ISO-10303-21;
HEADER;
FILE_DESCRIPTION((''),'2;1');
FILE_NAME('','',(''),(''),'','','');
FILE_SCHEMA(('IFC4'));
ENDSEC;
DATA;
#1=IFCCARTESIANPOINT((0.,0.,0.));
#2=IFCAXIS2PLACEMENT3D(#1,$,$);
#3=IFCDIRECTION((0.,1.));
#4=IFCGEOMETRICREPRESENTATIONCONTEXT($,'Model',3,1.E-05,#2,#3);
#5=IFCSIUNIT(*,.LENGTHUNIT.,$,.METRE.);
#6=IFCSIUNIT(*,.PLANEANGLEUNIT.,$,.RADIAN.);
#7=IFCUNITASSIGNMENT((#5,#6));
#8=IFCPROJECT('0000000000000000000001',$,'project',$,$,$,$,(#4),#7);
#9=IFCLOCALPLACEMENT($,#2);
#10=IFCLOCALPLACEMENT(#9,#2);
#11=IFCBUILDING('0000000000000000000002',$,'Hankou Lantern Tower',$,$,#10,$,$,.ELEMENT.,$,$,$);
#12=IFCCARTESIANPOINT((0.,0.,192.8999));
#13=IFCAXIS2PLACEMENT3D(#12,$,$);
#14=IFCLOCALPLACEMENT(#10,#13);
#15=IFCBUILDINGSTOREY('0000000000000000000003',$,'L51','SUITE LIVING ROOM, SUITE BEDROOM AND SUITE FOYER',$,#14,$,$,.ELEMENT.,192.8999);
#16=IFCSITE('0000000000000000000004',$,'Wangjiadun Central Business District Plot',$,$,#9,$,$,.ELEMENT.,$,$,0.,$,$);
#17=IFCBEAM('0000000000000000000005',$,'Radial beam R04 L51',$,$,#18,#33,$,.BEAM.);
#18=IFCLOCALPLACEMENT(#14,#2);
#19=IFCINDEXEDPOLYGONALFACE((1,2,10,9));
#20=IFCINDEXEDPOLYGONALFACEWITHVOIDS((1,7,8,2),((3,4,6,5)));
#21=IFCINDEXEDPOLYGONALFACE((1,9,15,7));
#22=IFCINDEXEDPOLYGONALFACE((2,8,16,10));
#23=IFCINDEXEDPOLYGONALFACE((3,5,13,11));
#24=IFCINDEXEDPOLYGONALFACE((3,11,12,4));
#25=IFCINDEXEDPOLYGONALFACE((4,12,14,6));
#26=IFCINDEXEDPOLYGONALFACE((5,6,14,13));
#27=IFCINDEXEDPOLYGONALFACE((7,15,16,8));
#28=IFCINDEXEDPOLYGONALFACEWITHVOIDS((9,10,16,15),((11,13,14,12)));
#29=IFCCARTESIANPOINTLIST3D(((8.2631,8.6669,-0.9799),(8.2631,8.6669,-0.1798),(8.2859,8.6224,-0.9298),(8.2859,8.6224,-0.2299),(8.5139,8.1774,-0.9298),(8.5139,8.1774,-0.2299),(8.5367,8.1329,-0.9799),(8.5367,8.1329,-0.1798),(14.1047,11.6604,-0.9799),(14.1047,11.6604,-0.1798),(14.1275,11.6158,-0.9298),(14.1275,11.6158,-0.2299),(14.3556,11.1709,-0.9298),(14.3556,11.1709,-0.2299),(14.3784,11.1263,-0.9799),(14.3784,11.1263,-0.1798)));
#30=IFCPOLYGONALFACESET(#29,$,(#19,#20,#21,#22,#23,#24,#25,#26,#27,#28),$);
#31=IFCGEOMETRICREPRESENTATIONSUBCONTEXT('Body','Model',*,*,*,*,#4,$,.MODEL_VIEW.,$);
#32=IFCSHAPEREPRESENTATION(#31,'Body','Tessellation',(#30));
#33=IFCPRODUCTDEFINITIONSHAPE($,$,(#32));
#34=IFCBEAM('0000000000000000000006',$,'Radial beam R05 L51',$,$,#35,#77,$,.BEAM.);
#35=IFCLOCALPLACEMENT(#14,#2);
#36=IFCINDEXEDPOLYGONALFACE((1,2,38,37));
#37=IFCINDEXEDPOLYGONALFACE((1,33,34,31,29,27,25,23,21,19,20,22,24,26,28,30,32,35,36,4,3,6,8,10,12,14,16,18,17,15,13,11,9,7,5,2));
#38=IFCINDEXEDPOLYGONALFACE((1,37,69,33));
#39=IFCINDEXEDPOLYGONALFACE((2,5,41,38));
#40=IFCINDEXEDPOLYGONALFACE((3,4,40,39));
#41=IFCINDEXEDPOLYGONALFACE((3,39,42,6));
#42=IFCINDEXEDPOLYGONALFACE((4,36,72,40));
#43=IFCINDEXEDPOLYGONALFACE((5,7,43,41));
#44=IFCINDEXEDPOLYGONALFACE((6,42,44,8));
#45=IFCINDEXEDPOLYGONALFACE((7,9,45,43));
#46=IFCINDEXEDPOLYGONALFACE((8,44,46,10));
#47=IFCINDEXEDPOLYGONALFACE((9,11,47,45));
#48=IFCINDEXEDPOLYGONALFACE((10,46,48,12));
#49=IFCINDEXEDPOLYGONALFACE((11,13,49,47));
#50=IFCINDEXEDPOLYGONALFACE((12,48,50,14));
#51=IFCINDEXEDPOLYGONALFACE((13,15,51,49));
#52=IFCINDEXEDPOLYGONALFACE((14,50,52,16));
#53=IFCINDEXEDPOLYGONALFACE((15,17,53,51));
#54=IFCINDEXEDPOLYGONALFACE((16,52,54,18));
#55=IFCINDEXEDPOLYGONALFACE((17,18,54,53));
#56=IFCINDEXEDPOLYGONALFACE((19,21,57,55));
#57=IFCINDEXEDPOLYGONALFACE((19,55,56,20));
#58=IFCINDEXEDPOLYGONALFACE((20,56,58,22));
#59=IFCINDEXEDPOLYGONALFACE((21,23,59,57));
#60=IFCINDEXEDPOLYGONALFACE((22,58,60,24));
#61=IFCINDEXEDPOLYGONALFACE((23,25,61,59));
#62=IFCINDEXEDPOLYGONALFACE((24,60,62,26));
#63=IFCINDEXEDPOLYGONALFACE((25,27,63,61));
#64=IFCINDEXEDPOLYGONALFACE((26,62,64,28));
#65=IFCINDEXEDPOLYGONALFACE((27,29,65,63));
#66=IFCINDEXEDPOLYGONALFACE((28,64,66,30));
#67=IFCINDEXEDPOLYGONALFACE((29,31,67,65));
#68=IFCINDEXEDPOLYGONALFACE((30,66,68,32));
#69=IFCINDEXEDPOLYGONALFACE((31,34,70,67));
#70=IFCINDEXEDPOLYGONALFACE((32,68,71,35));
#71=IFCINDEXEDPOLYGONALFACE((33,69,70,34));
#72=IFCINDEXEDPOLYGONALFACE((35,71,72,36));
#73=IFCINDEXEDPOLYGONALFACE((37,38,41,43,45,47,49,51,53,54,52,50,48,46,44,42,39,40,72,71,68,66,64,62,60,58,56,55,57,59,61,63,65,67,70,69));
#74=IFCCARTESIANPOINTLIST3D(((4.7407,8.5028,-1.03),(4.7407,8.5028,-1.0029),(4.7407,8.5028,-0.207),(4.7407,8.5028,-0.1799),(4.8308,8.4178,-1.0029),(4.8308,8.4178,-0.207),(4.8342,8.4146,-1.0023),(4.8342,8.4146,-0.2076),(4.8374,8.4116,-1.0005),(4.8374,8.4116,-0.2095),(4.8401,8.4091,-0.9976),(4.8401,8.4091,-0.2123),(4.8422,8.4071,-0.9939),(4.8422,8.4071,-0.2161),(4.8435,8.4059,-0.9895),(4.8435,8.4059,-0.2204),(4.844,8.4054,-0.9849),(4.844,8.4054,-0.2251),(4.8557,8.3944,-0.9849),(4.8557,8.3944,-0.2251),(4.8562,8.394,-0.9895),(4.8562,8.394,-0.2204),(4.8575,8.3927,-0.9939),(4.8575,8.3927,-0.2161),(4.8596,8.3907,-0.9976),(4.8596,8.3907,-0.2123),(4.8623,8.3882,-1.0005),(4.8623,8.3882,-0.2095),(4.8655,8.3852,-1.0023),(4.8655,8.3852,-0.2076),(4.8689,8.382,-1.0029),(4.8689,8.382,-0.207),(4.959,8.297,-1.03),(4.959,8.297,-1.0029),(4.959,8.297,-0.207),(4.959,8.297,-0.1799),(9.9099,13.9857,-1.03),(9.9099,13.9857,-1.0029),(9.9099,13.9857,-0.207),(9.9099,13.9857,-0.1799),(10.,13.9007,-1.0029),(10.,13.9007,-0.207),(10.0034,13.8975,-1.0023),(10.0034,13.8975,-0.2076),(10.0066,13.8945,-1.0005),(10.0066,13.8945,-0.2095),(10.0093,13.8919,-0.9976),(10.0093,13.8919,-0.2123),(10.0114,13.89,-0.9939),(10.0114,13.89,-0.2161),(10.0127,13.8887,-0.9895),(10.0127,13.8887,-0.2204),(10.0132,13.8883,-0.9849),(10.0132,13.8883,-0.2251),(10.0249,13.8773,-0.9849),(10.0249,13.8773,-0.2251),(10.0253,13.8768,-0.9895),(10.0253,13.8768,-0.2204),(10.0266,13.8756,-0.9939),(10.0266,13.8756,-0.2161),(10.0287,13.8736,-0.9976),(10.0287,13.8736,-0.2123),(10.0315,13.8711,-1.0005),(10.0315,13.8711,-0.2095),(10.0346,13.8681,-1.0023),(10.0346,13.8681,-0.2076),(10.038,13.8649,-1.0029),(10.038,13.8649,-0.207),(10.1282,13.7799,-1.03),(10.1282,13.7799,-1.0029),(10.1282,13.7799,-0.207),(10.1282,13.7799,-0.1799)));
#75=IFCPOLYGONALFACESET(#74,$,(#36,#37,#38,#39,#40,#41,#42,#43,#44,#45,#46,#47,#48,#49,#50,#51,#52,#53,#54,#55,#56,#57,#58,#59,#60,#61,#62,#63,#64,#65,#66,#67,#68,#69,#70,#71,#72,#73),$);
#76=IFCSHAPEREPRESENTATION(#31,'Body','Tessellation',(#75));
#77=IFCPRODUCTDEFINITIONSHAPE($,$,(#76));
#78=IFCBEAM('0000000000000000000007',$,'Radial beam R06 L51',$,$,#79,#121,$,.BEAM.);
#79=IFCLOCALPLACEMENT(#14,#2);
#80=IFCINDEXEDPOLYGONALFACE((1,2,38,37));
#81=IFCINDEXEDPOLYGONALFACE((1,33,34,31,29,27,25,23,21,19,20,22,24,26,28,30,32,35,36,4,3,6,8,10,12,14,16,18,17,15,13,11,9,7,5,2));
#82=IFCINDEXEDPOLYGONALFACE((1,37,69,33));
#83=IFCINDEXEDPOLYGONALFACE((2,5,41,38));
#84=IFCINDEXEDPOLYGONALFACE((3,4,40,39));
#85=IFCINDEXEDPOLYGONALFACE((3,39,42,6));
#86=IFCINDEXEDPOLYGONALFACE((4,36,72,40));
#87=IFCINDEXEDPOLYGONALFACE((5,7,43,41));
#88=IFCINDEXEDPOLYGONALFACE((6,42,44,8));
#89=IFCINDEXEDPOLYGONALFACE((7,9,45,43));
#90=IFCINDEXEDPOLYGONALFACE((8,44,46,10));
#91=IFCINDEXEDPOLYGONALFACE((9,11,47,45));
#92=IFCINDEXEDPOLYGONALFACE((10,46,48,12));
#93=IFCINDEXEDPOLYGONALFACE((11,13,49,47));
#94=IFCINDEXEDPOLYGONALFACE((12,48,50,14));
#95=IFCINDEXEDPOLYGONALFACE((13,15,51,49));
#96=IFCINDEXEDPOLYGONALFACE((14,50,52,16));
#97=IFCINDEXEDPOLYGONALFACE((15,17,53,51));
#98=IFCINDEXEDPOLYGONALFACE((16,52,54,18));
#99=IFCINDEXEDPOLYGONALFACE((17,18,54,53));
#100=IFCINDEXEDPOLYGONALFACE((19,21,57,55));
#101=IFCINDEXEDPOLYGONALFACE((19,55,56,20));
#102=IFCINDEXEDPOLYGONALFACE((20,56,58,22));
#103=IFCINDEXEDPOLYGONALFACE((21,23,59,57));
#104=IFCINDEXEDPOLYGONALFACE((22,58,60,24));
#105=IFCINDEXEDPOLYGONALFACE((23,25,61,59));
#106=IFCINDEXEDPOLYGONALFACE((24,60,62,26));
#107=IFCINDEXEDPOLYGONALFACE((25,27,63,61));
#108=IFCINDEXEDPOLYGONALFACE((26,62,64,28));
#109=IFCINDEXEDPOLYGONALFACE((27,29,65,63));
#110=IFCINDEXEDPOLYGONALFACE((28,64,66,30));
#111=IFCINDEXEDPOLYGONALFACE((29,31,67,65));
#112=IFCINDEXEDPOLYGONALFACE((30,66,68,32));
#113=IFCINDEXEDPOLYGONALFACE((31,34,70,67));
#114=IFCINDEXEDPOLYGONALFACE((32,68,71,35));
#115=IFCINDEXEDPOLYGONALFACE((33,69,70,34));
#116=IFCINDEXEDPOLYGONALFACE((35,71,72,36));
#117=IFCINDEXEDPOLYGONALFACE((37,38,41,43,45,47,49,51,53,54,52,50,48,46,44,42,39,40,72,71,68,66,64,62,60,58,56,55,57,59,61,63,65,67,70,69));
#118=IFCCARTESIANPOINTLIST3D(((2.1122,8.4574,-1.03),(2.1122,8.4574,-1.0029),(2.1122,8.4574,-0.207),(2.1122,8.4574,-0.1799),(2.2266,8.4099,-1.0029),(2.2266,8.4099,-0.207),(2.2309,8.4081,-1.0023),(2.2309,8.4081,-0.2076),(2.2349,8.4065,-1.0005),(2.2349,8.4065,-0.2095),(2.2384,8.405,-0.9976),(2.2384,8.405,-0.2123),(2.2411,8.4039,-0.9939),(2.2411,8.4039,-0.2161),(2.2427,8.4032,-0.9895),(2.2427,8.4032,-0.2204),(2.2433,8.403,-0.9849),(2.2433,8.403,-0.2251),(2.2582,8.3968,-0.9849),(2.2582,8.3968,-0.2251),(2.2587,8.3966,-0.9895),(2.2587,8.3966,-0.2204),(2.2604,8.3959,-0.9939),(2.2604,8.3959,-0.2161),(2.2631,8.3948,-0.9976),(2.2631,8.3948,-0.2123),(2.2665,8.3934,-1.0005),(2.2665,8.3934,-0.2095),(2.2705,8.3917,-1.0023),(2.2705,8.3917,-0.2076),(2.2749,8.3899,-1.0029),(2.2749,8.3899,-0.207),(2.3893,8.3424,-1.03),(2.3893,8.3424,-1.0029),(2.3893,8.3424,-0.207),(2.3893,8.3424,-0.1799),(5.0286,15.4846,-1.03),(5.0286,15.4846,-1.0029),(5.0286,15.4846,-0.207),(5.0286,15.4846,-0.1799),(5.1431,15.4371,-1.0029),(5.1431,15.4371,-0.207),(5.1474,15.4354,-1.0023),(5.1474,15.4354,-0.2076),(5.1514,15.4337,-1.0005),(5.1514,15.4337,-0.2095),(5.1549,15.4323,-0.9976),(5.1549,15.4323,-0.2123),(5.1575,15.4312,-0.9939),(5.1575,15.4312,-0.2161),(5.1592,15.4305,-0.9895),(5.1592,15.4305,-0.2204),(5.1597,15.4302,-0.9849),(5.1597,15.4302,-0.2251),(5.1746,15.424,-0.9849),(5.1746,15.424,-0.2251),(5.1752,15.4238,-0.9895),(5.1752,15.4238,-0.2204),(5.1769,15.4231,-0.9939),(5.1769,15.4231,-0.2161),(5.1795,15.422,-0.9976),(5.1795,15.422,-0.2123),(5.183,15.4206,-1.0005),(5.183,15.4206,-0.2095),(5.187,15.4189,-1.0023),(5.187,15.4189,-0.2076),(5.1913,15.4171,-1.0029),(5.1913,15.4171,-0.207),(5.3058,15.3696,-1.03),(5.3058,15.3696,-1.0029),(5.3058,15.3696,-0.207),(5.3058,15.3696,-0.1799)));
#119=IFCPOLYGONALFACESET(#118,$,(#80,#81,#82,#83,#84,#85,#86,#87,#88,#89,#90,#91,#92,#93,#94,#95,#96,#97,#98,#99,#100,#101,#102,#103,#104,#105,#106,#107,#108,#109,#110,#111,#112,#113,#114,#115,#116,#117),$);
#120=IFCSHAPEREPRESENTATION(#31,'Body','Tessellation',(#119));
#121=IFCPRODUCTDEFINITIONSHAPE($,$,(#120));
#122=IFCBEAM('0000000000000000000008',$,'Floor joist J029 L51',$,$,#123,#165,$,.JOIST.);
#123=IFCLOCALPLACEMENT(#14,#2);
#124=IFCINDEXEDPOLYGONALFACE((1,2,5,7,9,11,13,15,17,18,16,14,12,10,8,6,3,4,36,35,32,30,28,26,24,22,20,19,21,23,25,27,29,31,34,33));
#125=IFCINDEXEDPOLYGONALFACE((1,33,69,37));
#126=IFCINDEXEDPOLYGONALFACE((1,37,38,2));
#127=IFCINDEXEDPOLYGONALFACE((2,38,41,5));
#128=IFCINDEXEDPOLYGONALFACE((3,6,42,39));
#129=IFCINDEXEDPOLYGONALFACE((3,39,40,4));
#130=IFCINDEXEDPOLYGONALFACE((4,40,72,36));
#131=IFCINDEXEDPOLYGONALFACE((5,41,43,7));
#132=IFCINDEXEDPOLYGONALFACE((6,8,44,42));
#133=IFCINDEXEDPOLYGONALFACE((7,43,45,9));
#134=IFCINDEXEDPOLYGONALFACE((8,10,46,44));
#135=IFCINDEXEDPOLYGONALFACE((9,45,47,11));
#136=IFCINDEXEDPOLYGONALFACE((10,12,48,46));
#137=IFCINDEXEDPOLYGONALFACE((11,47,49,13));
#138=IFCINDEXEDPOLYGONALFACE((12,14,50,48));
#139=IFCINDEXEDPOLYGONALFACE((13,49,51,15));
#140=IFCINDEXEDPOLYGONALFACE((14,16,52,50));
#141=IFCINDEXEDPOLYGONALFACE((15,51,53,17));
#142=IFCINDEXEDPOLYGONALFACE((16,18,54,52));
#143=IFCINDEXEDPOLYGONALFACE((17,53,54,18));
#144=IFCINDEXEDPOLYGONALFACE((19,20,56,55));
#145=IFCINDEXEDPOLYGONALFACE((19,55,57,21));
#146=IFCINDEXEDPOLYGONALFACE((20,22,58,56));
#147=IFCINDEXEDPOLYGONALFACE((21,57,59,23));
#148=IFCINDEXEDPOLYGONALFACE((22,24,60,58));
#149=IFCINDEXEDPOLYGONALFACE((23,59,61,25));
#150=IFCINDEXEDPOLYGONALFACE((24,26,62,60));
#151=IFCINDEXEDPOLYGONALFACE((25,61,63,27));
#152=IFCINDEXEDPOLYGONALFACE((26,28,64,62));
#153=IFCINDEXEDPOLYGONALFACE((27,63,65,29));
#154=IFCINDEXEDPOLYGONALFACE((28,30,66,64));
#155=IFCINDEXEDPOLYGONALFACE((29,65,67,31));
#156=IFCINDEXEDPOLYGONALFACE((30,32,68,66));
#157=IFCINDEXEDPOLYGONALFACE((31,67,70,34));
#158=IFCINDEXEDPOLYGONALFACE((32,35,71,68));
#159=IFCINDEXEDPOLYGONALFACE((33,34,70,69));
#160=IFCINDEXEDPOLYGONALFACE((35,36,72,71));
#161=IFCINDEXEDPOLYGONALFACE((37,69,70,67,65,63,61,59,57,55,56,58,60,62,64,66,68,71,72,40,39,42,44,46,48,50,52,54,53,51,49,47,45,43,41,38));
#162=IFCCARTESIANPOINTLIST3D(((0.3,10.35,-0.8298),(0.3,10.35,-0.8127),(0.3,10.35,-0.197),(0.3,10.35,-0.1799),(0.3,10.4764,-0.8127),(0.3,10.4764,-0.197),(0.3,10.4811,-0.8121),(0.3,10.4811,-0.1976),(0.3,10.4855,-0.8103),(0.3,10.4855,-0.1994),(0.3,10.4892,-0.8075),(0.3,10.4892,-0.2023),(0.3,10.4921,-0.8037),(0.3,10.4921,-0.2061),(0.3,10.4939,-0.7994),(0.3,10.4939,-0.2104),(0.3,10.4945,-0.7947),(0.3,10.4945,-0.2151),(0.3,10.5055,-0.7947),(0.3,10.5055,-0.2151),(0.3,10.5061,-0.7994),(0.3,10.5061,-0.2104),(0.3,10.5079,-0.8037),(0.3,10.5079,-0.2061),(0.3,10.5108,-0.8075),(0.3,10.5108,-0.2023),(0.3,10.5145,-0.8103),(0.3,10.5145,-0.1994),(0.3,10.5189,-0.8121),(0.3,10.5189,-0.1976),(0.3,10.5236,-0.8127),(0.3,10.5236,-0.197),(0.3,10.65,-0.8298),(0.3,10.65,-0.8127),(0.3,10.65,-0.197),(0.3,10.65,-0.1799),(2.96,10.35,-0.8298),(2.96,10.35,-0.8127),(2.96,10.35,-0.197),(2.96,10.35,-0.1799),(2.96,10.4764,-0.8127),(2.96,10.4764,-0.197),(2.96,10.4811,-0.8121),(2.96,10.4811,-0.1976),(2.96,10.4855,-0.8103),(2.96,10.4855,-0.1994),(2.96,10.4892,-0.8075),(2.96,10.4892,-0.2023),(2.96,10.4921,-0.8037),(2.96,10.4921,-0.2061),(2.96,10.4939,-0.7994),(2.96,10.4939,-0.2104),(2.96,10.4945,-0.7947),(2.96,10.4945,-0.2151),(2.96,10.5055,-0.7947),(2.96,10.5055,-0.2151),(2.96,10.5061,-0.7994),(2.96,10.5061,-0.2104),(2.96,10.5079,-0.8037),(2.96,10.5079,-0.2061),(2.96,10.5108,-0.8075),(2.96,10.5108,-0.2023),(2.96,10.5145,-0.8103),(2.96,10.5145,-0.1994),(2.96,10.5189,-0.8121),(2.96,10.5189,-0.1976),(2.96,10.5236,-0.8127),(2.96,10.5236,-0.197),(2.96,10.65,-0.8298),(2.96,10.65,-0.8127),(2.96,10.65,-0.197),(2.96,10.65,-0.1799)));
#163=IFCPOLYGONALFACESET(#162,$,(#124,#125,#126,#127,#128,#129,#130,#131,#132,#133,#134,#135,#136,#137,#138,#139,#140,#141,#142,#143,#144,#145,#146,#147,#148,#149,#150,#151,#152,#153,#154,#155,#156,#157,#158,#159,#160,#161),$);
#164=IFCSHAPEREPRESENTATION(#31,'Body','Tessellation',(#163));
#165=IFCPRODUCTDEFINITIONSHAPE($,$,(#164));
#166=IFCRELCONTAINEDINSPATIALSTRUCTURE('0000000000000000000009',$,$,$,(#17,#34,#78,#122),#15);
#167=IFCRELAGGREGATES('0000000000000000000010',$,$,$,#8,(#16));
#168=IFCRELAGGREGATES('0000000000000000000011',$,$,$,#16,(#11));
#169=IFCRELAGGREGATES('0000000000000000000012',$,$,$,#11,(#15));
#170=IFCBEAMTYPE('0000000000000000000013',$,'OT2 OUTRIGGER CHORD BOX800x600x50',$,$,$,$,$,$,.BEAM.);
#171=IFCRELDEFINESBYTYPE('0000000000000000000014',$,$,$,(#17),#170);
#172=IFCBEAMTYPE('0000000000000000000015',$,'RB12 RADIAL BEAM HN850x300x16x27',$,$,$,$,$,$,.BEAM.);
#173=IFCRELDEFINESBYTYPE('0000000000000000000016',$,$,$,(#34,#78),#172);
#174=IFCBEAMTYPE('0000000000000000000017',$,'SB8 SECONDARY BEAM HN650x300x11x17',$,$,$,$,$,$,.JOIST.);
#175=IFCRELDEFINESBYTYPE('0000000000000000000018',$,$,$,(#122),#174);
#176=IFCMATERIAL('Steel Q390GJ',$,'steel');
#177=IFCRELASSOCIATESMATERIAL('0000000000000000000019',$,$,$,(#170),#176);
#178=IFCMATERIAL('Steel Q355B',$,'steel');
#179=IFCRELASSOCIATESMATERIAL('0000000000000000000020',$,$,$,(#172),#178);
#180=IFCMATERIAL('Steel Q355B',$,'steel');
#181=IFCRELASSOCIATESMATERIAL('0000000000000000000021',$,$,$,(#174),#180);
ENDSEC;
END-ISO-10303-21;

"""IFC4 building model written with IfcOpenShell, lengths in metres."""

from ifc_helpers import new_model, si_unit, direction, frame, origin, origin_2d, place, context, subcontext, project, spatial, hollow_rectangle, i_section, extrude, material, material_profile, profile_set, type_object, element, save


model = new_model("IFC4")

# Units and contexts
model_context = context("Model", 3, precision=1e-05, world=origin(), true_north=direction((0.0, 1.0)))
body_context = subcontext(model_context, "Body", "Model", "MODEL_VIEW")
ifc_project = project(units=[si_unit("LENGTHUNIT", "METRE"), si_unit("PLANEANGLEUNIT", "RADIAN")], contexts=[model_context])

# Site, building, storey
site_placement = place(None, origin())
site = spatial("IfcSite", under=ifc_project, at=site_placement, Name="Wangjiadun Central Business District Plot", CompositionType="ELEMENT", RefElevation=0.0)
building_placement = place(site_placement, origin())
building = spatial("IfcBuilding", under=site, at=building_placement, Name="Hankou Lantern Tower", CompositionType="ELEMENT")
storey_placement = place(building_placement, frame((0.0, 0.0, 192.8999)))
storey = spatial("IfcBuildingStorey", under=building, at=storey_placement, Name="L51", Description="SUITE LIVING ROOM, SUITE BEDROOM AND SUITE FOYER", CompositionType="ELEMENT", Elevation=192.8999)

# Beams
ifc_material_1 = material(Name="Steel Q390GJ", Category="steel")
ifc_material_profile_1 = material_profile(ifc_material_1, hollow_rectangle(XDim=0.6001, YDim=0.8, WallThickness=0.05, at=origin_2d()), Name="BOX800x600x50")
ifc_profile_set_1 = profile_set([ifc_material_profile_1], Name="Steel Q390GJ")
beam_type_1 = type_object("IfcBeamType", Name="OT2 OUTRIGGER CHORD BOX800x600x50", PredefinedType="BEAM", material=ifc_profile_set_1)
beam_1_placement = place(storey_placement, frame((8.3999, 8.3999, -0.5798), z_axis=(0.889957, 0.456044, 0.0), x_axis=(-0.456044, 0.889957, 0.0)))
element("IfcBeam", 1, at=beam_1_placement, inside=storey, type_object=beam_type_1, Name="Radial beam R04 L51", PredefinedType="BEAM", context=body_context, shape_type="SweptSolid", body=[
    extrude(hollow_rectangle(XDim=0.6001, YDim=0.8, WallThickness=0.05, at=origin_2d()), origin(), (0.0, 0.0, 1.0), 6.564),
])
ifc_material_2 = material(Name="Steel Q355B", Category="steel")
ifc_material_profile_2 = material_profile(ifc_material_2, i_section(OverallWidth=0.3, OverallDepth=0.8501, WebThickness=0.0161, FlangeThickness=0.0271, FilletRadius=0.0181, at=origin_2d()), Name="HN850x300x16x27")
ifc_profile_set_2 = profile_set([ifc_material_profile_2], Name="Steel Q355B")
beam_type_2 = type_object("IfcBeamType", Name="RB12 RADIAL BEAM HN850x300x16x27", PredefinedType="BEAM", material=ifc_profile_set_2)
beam_2_placement = place(storey_placement, frame((4.8499, 8.3999, -0.605), z_axis=(0.685984, 0.727617, 0.0), x_axis=(-0.727617, 0.685984, 0.0)))
element("IfcBeam", 2, at=beam_2_placement, inside=storey, type_object=beam_type_2, Name="Radial beam R05 L51", PredefinedType="BEAM", context=body_context, shape_type="SweptSolid", body=[
    extrude(i_section(OverallWidth=0.3, OverallDepth=0.8501, WebThickness=0.0161, FlangeThickness=0.0271, FilletRadius=0.0181, at=origin_2d()), origin(), (0.0, 0.0, 1.0), 7.5354),
])
beam_3_placement = place(storey_placement, frame((2.2507, 8.3999, -0.605), z_axis=(0.383321, 0.923615, 0.0), x_axis=(-0.923615, 0.383321, 0.0)))
element("IfcBeam", 3, at=beam_3_placement, inside=storey, type_object=beam_type_2, Name="Radial beam R06 L51", PredefinedType="BEAM", context=body_context, shape_type="SweptSolid", body=[
    extrude(i_section(OverallWidth=0.3, OverallDepth=0.8501, WebThickness=0.0161, FlangeThickness=0.0271, FilletRadius=0.0181, at=origin_2d()), origin(), (0.0, 0.0, 1.0), 7.6084),
])
ifc_material_3 = material(Name="Steel Q355B", Category="steel")
ifc_material_profile_3 = material_profile(ifc_material_3, i_section(OverallWidth=0.3, OverallDepth=0.6499, WebThickness=0.011, FlangeThickness=0.0171, FilletRadius=0.0181, at=origin_2d()), Name="HN650x300x11x17")
ifc_profile_set_3 = profile_set([ifc_material_profile_3], Name="Steel Q355B")
beam_type_3 = type_object("IfcBeamType", Name="SB8 SECONDARY BEAM HN650x300x11x17", PredefinedType="JOIST", material=ifc_profile_set_3)
beam_4_placement = place(storey_placement, frame((0.3, 10.5, -0.5049), z_axis=(1.0, 0.0, 0.0), x_axis=(0.0, 1.0, 0.0)))
element("IfcBeam", 4, at=beam_4_placement, inside=storey, type_object=beam_type_3, Name="Floor joist J029 L51", PredefinedType="JOIST", context=body_context, shape_type="SweptSolid", body=[
    extrude(i_section(OverallWidth=0.3, OverallDepth=0.6499, WebThickness=0.011, FlangeThickness=0.0171, FilletRadius=0.0181, at=origin_2d()), origin(), (0.0, 0.0, 1.0), 2.6599),
])

save(model, "model.ifc")
